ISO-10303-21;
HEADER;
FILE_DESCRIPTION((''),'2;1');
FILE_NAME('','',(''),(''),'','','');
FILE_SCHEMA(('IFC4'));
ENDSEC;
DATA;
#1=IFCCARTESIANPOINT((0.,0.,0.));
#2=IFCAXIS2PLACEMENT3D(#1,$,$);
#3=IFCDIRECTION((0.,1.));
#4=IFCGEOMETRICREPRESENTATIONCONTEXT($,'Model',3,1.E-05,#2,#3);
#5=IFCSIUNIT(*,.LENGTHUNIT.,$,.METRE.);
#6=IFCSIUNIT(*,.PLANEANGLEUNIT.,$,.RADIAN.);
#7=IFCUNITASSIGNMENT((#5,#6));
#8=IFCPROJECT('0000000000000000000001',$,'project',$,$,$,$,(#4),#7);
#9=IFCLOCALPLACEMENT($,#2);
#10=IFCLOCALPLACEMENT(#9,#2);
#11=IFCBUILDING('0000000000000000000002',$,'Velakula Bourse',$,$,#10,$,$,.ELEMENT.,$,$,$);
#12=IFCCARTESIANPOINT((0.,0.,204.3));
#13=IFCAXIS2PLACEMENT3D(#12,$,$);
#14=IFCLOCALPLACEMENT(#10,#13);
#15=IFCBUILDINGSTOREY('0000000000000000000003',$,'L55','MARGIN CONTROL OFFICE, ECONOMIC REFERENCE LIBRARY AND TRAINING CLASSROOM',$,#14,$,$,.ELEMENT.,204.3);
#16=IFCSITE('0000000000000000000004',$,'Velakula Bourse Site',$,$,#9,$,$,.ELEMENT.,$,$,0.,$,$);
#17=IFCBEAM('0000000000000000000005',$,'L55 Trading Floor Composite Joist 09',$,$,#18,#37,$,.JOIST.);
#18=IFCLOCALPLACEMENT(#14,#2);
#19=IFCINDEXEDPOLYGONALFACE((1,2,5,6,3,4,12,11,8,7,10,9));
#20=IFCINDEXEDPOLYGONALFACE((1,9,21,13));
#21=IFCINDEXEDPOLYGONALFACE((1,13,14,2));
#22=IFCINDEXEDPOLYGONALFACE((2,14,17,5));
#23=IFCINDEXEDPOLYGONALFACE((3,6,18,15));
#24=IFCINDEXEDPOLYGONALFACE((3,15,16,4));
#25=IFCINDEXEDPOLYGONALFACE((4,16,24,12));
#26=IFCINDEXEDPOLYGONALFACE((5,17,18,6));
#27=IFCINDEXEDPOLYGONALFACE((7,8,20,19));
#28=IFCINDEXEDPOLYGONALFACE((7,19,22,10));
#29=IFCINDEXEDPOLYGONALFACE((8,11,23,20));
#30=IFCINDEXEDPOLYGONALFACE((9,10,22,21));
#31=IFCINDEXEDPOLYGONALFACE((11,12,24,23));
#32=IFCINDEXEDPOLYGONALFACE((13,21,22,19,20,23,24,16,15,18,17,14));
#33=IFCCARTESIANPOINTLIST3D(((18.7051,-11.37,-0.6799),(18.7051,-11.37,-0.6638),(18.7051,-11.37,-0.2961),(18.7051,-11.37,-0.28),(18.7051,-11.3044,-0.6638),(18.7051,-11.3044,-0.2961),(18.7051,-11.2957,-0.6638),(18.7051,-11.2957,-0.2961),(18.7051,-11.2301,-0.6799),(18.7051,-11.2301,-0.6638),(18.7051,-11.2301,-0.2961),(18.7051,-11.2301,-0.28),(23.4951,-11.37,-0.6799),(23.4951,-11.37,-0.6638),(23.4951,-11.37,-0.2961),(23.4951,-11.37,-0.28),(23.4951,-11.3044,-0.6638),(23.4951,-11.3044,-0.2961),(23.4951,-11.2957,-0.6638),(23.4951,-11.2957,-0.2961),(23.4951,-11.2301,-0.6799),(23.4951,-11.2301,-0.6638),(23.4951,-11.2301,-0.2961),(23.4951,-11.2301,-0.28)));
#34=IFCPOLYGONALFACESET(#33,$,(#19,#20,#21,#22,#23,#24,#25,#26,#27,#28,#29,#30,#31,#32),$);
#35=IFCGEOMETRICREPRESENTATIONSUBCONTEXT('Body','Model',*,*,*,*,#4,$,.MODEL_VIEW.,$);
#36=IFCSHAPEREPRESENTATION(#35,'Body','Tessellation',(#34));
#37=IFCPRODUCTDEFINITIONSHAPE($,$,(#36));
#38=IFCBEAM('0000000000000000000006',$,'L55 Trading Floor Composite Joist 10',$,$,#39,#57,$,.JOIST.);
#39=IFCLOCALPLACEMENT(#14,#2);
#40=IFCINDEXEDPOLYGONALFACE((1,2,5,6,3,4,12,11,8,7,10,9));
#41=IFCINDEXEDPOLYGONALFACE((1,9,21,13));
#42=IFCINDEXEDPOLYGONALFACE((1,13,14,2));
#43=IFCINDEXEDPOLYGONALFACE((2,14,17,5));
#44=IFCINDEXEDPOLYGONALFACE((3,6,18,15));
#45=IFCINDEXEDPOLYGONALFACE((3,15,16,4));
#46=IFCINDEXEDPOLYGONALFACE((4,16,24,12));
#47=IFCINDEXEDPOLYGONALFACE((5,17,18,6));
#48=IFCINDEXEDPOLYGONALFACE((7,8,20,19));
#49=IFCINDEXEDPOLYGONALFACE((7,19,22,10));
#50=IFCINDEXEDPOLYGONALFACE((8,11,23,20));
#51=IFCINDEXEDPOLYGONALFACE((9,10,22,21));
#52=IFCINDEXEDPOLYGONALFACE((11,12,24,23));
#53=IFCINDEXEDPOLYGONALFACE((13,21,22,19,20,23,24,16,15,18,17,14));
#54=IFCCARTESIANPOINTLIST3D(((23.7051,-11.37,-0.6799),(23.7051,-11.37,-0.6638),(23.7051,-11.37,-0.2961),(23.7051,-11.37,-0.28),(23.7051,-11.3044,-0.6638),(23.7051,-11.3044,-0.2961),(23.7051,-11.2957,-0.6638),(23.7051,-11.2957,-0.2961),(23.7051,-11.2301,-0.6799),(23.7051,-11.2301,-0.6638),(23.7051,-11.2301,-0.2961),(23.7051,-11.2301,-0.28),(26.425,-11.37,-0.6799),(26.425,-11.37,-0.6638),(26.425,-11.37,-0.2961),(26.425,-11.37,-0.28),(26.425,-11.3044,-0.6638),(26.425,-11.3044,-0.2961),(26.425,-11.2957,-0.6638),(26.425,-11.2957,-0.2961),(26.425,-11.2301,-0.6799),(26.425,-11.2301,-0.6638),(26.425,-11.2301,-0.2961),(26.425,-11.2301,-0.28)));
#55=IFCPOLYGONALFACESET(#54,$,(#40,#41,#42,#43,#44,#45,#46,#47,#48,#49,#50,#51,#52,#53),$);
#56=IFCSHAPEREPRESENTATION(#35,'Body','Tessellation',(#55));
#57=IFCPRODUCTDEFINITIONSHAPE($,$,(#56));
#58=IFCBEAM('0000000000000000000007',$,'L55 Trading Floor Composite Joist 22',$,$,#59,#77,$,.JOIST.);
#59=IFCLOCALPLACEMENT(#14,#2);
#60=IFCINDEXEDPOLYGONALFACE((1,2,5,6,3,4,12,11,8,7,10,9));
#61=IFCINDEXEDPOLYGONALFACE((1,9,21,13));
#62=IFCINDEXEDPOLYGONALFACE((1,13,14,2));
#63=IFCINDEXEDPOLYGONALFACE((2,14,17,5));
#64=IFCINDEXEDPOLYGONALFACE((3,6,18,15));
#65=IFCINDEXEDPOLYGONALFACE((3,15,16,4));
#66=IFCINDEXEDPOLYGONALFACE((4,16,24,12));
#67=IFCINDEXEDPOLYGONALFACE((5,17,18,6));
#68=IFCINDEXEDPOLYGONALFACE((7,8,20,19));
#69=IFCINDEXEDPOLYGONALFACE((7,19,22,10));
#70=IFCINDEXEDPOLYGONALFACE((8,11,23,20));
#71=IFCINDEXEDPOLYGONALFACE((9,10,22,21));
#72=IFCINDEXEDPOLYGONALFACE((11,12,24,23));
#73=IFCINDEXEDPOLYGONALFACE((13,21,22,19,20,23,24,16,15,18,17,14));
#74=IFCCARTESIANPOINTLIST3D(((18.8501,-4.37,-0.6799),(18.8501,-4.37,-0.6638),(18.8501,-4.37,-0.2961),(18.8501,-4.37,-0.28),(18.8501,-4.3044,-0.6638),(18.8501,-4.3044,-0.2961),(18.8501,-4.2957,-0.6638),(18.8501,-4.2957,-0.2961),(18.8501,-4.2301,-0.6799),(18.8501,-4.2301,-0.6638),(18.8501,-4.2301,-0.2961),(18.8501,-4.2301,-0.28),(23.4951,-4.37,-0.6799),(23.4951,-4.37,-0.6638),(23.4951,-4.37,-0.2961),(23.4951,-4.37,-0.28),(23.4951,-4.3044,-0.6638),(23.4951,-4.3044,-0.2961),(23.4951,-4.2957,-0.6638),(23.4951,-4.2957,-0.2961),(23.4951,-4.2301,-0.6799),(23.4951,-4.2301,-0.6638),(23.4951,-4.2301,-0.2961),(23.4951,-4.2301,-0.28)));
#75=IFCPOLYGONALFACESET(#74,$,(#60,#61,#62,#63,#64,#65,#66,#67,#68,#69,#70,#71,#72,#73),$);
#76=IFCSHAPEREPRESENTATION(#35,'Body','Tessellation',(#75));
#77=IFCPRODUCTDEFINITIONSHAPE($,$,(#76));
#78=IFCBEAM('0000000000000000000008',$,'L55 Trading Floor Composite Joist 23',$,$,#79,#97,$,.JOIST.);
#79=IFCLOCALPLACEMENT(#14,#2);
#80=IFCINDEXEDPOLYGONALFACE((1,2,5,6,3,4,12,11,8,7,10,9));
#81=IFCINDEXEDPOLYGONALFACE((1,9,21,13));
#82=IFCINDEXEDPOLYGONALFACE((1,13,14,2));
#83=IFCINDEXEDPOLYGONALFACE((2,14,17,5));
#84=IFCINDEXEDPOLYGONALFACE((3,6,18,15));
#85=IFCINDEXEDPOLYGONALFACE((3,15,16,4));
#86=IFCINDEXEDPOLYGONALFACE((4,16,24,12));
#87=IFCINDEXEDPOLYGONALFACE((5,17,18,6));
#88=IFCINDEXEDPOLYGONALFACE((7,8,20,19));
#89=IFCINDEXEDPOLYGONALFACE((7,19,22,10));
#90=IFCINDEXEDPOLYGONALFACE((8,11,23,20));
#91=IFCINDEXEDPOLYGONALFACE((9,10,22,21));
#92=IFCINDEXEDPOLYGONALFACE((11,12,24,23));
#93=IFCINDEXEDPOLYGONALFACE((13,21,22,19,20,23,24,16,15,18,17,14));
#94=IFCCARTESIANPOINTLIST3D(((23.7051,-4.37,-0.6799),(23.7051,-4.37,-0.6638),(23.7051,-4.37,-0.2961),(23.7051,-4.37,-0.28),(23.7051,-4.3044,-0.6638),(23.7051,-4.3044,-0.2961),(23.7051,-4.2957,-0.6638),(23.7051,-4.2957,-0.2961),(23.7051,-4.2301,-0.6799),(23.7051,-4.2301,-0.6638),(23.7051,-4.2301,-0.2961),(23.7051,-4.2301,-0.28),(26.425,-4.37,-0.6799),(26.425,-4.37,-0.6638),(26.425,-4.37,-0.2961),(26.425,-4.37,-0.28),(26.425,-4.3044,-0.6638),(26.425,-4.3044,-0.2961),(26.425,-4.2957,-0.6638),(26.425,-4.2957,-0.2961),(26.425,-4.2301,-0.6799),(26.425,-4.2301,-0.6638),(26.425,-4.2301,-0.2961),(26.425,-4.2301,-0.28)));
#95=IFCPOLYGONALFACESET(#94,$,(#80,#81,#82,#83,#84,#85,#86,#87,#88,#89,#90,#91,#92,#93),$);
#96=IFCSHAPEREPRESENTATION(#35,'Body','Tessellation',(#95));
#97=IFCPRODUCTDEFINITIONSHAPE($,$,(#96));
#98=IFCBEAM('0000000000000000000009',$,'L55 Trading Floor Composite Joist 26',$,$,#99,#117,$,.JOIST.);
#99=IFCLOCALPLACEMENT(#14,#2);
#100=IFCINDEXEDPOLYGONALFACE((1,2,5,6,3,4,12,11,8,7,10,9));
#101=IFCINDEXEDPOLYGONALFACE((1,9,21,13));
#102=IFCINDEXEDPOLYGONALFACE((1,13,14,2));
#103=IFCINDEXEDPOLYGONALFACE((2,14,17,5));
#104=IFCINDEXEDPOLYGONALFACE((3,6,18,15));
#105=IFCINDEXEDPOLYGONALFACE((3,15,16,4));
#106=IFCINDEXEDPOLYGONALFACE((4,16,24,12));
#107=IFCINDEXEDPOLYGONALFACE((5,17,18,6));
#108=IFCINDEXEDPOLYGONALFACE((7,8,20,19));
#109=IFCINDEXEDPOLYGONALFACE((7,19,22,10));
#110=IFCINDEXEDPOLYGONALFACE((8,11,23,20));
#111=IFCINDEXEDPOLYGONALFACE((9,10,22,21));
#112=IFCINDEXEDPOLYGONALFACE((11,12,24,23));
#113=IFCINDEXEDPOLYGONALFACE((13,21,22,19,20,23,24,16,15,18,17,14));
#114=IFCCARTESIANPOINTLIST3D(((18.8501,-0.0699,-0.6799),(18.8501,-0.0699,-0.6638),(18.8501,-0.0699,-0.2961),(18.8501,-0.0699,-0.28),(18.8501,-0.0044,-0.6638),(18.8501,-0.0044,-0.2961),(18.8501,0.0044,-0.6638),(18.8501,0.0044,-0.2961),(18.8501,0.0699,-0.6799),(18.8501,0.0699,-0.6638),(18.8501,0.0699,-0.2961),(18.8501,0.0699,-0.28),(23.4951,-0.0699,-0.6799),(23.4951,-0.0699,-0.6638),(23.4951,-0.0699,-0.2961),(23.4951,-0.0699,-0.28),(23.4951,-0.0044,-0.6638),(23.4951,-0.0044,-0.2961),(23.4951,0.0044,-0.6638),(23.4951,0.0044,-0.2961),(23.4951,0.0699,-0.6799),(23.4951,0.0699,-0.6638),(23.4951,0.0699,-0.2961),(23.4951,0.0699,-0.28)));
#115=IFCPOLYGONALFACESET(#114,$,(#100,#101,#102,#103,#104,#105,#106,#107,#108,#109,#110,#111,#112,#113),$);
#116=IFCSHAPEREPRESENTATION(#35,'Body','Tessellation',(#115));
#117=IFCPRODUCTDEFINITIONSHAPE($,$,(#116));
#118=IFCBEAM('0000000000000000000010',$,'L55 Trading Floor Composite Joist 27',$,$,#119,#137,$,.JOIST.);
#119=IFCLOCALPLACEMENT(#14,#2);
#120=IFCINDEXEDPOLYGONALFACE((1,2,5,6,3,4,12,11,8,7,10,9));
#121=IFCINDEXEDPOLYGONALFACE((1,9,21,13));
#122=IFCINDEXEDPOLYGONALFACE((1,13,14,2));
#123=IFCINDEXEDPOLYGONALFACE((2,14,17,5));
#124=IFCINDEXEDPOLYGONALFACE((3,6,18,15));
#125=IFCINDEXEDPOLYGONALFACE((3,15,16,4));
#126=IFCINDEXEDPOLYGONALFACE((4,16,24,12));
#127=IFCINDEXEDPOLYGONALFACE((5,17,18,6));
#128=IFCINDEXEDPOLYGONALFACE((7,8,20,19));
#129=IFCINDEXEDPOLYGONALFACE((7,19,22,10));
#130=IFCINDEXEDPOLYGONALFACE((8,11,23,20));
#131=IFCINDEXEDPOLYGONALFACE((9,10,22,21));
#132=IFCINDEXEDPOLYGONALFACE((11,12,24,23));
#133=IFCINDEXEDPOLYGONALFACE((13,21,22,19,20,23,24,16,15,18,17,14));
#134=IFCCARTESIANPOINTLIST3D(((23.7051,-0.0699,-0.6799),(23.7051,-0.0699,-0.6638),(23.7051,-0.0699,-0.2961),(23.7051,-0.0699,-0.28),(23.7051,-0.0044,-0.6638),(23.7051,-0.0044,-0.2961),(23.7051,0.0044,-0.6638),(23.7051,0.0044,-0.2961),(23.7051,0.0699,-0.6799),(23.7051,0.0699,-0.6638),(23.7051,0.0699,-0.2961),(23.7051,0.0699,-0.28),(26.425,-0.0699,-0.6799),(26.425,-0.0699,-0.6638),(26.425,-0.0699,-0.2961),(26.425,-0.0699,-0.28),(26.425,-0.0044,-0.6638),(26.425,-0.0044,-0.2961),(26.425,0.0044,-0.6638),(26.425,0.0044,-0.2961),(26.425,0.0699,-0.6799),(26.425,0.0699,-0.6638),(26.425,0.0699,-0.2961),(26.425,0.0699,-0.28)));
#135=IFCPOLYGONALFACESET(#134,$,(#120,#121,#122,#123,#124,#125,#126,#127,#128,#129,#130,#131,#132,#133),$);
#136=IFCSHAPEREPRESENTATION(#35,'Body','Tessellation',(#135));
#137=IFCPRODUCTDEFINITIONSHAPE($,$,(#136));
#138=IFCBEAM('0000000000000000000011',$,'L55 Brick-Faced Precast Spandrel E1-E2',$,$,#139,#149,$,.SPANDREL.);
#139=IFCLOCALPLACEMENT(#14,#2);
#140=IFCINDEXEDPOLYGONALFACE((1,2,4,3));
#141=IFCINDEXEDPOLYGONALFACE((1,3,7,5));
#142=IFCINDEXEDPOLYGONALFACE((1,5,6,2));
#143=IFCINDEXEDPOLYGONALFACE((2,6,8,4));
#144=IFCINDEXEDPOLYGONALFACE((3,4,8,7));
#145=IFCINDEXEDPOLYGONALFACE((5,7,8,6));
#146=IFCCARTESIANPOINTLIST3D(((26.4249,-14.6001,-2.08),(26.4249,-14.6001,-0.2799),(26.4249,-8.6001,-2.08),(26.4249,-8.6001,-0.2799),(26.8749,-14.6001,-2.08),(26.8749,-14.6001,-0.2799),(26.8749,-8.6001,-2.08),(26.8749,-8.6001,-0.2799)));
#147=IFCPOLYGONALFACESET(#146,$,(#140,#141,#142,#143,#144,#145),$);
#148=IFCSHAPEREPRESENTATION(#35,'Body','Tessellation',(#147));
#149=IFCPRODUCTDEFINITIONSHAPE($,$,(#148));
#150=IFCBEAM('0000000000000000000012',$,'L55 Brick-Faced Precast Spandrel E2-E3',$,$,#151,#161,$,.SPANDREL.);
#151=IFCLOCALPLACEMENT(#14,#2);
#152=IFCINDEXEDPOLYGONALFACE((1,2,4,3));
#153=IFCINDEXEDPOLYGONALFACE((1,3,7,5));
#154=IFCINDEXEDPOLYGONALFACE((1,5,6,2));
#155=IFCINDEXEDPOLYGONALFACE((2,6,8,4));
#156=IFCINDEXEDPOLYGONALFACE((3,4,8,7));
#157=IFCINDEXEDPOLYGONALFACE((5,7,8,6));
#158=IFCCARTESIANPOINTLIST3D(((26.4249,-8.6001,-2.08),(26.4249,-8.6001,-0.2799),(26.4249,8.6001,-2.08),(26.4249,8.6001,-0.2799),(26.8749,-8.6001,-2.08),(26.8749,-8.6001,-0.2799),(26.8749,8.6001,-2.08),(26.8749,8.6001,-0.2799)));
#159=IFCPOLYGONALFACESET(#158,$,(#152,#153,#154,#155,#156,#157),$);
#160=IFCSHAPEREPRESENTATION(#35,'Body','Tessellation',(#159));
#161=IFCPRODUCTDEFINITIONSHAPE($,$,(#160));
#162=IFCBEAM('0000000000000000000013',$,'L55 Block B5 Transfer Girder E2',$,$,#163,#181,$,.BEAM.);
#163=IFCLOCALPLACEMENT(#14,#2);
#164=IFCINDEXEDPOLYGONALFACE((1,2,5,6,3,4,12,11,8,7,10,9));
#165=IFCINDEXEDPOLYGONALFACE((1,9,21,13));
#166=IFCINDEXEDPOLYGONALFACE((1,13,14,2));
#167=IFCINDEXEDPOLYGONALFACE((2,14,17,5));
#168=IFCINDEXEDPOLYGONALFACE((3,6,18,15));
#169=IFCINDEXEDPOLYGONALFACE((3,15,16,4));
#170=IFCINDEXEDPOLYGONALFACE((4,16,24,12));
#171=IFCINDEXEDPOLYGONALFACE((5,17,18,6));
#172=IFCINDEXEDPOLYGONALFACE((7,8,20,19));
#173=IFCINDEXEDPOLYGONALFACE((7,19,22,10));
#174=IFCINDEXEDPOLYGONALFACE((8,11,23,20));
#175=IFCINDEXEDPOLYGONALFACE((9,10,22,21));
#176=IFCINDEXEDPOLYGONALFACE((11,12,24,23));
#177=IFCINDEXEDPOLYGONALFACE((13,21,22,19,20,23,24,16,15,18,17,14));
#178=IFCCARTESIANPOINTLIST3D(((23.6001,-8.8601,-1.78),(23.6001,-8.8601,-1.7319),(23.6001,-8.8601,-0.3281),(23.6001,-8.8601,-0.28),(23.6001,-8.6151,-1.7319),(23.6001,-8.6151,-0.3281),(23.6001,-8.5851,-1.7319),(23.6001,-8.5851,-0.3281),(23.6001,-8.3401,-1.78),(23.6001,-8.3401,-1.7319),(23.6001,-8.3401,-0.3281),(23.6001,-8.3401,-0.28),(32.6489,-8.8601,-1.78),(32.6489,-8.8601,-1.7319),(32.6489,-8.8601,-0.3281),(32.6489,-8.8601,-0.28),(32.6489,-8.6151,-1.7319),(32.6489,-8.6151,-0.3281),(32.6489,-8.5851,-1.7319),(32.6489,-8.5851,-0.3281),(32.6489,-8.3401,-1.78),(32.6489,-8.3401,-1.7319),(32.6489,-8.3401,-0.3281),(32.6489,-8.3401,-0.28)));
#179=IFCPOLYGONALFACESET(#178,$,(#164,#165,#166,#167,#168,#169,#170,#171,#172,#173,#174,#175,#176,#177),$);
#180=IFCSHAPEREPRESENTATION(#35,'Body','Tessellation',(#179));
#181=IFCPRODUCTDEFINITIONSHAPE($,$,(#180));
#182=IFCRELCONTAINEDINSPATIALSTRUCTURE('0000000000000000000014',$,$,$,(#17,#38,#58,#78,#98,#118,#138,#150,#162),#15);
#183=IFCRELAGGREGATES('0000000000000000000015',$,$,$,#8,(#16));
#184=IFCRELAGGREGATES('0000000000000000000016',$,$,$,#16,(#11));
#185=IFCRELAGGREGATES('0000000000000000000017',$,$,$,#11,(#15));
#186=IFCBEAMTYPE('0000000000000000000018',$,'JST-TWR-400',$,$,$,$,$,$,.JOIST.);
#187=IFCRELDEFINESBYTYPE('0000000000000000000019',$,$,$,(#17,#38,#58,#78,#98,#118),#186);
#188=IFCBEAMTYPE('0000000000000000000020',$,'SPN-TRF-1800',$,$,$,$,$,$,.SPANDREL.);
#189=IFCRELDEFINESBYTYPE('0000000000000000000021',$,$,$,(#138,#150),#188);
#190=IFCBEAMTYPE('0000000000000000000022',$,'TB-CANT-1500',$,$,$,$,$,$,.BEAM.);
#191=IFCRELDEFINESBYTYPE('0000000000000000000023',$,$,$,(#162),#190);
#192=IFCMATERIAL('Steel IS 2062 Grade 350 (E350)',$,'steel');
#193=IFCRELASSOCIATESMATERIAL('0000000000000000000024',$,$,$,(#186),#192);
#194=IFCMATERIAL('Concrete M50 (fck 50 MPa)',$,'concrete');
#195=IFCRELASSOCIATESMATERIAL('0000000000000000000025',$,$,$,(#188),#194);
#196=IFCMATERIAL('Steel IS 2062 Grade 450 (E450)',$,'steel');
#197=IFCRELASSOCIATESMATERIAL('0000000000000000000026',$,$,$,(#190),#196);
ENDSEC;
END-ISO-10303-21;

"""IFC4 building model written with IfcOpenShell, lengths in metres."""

from ifc_helpers import new_model, si_unit, direction, frame, origin, origin_2d, place, context, subcontext, project, spatial, rectangle, i_section, extrude, material, material_profile, profile_set, type_object, element, save


model = new_model("IFC4")

# Units and contexts
model_context = context("Model", 3, precision=1e-05, world=origin(), true_north=direction((0.0, 1.0)))
body_context = subcontext(model_context, "Body", "Model", "MODEL_VIEW")
ifc_project = project(units=[si_unit("LENGTHUNIT", "METRE"), si_unit("PLANEANGLEUNIT", "RADIAN")], contexts=[model_context])

# Site, building, storey
site_placement = place(None, origin())
site = spatial("IfcSite", under=ifc_project, at=site_placement, Name="Velakula Bourse Site", CompositionType="ELEMENT", RefElevation=0.0)
building_placement = place(site_placement, origin())
building = spatial("IfcBuilding", under=site, at=building_placement, Name="Velakula Bourse", CompositionType="ELEMENT")
storey_placement = place(building_placement, frame((0.0, 0.0, 204.3)))
storey = spatial("IfcBuildingStorey", under=building, at=storey_placement, Name="L55", Description="MARGIN CONTROL OFFICE, ECONOMIC REFERENCE LIBRARY AND TRAINING CLASSROOM", CompositionType="ELEMENT", Elevation=204.3)

# Shared definitions
ifc_material_1 = material(Name="Concrete M50 (fck 50 MPa)", Category="concrete")
ifc_material_2 = material(Name="Steel IS 2062 Grade 350 (E350)", Category="steel")

# Beams
ifc_material_profile_1 = material_profile(ifc_material_2, i_section(OverallWidth=0.1399, OverallDepth=0.3999, WebThickness=0.0088, FlangeThickness=0.0161, at=origin_2d()), Name="Steel IS 2062 Grade 350 (E350)")
ifc_profile_set_1 = profile_set([ifc_material_profile_1], Name="Steel IS 2062 Grade 350 (E350)")
beam_type_1 = type_object("IfcBeamType", Name="JST-TWR-400", PredefinedType="JOIST", material=ifc_profile_set_1)
beam_1_placement = place(storey_placement, frame((18.7051, -11.3, -0.48), z_axis=(1.0, 0.0, 0.0), x_axis=(0.0, 1.0, 0.0)))
element("IfcBeam", 1, at=beam_1_placement, inside=storey, type_object=beam_type_1, Name="L55 Trading Floor Composite Joist 09", PredefinedType="JOIST", context=body_context, shape_type="SweptSolid", body=[
    extrude(i_section(OverallWidth=0.1399, OverallDepth=0.3999, WebThickness=0.0088, FlangeThickness=0.0161, at=origin_2d()), origin(), (0.0, 0.0, 1.0), 4.79),
])
beam_2_placement = place(storey_placement, frame((23.7051, -11.3, -0.48), z_axis=(1.0, 0.0, 0.0), x_axis=(0.0, 1.0, 0.0)))
element("IfcBeam", 2, at=beam_2_placement, inside=storey, type_object=beam_type_1, Name="L55 Trading Floor Composite Joist 10", PredefinedType="JOIST", context=body_context, shape_type="SweptSolid", body=[
    extrude(i_section(OverallWidth=0.1399, OverallDepth=0.3999, WebThickness=0.0088, FlangeThickness=0.0161, at=origin_2d()), origin(), (0.0, 0.0, 1.0), 2.72),
])
beam_3_placement = place(storey_placement, frame((18.8501, -4.3, -0.48), z_axis=(1.0, 0.0, 0.0), x_axis=(0.0, 1.0, 0.0)))
element("IfcBeam", 3, at=beam_3_placement, inside=storey, type_object=beam_type_1, Name="L55 Trading Floor Composite Joist 22", PredefinedType="JOIST", context=body_context, shape_type="SweptSolid", body=[
    extrude(i_section(OverallWidth=0.1399, OverallDepth=0.3999, WebThickness=0.0088, FlangeThickness=0.0161, at=origin_2d()), origin(), (0.0, 0.0, 1.0), 4.645),
])
beam_4_placement = place(storey_placement, frame((23.7051, -4.3, -0.48), z_axis=(1.0, 0.0, 0.0), x_axis=(0.0, 1.0, 0.0)))
element("IfcBeam", 4, at=beam_4_placement, inside=storey, type_object=beam_type_1, Name="L55 Trading Floor Composite Joist 23", PredefinedType="JOIST", context=body_context, shape_type="SweptSolid", body=[
    extrude(i_section(OverallWidth=0.1399, OverallDepth=0.3999, WebThickness=0.0088, FlangeThickness=0.0161, at=origin_2d()), origin(), (0.0, 0.0, 1.0), 2.72),
])
beam_5_placement = place(storey_placement, frame((18.8501, 0.0, -0.48), z_axis=(1.0, 0.0, 0.0), x_axis=(0.0, 1.0, 0.0)))
element("IfcBeam", 5, at=beam_5_placement, inside=storey, type_object=beam_type_1, Name="L55 Trading Floor Composite Joist 26", PredefinedType="JOIST", context=body_context, shape_type="SweptSolid", body=[
    extrude(i_section(OverallWidth=0.1399, OverallDepth=0.3999, WebThickness=0.0088, FlangeThickness=0.0161, at=origin_2d()), origin(), (0.0, 0.0, 1.0), 4.645),
])
beam_6_placement = place(storey_placement, frame((23.7051, 0.0, -0.48), z_axis=(1.0, 0.0, 0.0), x_axis=(0.0, 1.0, 0.0)))
element("IfcBeam", 6, at=beam_6_placement, inside=storey, type_object=beam_type_1, Name="L55 Trading Floor Composite Joist 27", PredefinedType="JOIST", context=body_context, shape_type="SweptSolid", body=[
    extrude(i_section(OverallWidth=0.1399, OverallDepth=0.3999, WebThickness=0.0088, FlangeThickness=0.0161, at=origin_2d()), origin(), (0.0, 0.0, 1.0), 2.72),
])
ifc_material_profile_2 = material_profile(ifc_material_1, rectangle(XDim=0.45, YDim=1.8, at=origin_2d()), Name="Concrete M50 (fck 50 MPa)")
ifc_profile_set_2 = profile_set([ifc_material_profile_2], Name="Concrete M50 (fck 50 MPa)")
beam_type_2 = type_object("IfcBeamType", Name="SPN-TRF-1800", PredefinedType="SPANDREL", material=ifc_profile_set_2)
beam_7_placement = place(storey_placement, frame((26.6499, -14.6001, -1.1799), z_axis=(0.0, 1.0, 0.0), x_axis=(-1.0, 0.0, 0.0)))
element("IfcBeam", 7, at=beam_7_placement, inside=storey, type_object=beam_type_2, Name="L55 Brick-Faced Precast Spandrel E1-E2", PredefinedType="SPANDREL", context=body_context, shape_type="SweptSolid", body=[
    extrude(rectangle(XDim=0.45, YDim=1.8, at=origin_2d()), origin(), (0.0, 0.0, 1.0), 6.0),
])
beam_8_placement = place(storey_placement, frame((26.6499, -8.6001, -1.1799), z_axis=(0.0, 1.0, 0.0), x_axis=(-1.0, 0.0, 0.0)))
element("IfcBeam", 8, at=beam_8_placement, inside=storey, type_object=beam_type_2, Name="L55 Brick-Faced Precast Spandrel E2-E3", PredefinedType="SPANDREL", context=body_context, shape_type="SweptSolid", body=[
    extrude(rectangle(XDim=0.45, YDim=1.8, at=origin_2d()), origin(), (0.0, 0.0, 1.0), 17.2002),
])
ifc_material_3 = material(Name="Steel IS 2062 Grade 450 (E450)", Category="steel")
ifc_material_profile_3 = material_profile(ifc_material_3, i_section(OverallWidth=0.52, OverallDepth=1.5, WebThickness=0.03, FlangeThickness=0.0481, at=origin_2d()), Name="Steel IS 2062 Grade 450 (E450)")
ifc_profile_set_3 = profile_set([ifc_material_profile_3], Name="Steel IS 2062 Grade 450 (E450)")
beam_type_3 = type_object("IfcBeamType", Name="TB-CANT-1500", PredefinedType="BEAM", material=ifc_profile_set_3)
beam_9_placement = place(storey_placement, frame((23.6001, -8.6001, -1.03), z_axis=(1.0, 0.0, 0.0), x_axis=(0.0, 1.0, 0.0)))
element("IfcBeam", 9, at=beam_9_placement, inside=storey, type_object=beam_type_3, Name="L55 Block B5 Transfer Girder E2", PredefinedType="BEAM", context=body_context, shape_type="SweptSolid", body=[
    extrude(i_section(OverallWidth=0.52, OverallDepth=1.5, WebThickness=0.03, FlangeThickness=0.0481, at=origin_2d()), origin(), (0.0, 0.0, 1.0), 9.0488),
])

save(model, "model.ifc")
